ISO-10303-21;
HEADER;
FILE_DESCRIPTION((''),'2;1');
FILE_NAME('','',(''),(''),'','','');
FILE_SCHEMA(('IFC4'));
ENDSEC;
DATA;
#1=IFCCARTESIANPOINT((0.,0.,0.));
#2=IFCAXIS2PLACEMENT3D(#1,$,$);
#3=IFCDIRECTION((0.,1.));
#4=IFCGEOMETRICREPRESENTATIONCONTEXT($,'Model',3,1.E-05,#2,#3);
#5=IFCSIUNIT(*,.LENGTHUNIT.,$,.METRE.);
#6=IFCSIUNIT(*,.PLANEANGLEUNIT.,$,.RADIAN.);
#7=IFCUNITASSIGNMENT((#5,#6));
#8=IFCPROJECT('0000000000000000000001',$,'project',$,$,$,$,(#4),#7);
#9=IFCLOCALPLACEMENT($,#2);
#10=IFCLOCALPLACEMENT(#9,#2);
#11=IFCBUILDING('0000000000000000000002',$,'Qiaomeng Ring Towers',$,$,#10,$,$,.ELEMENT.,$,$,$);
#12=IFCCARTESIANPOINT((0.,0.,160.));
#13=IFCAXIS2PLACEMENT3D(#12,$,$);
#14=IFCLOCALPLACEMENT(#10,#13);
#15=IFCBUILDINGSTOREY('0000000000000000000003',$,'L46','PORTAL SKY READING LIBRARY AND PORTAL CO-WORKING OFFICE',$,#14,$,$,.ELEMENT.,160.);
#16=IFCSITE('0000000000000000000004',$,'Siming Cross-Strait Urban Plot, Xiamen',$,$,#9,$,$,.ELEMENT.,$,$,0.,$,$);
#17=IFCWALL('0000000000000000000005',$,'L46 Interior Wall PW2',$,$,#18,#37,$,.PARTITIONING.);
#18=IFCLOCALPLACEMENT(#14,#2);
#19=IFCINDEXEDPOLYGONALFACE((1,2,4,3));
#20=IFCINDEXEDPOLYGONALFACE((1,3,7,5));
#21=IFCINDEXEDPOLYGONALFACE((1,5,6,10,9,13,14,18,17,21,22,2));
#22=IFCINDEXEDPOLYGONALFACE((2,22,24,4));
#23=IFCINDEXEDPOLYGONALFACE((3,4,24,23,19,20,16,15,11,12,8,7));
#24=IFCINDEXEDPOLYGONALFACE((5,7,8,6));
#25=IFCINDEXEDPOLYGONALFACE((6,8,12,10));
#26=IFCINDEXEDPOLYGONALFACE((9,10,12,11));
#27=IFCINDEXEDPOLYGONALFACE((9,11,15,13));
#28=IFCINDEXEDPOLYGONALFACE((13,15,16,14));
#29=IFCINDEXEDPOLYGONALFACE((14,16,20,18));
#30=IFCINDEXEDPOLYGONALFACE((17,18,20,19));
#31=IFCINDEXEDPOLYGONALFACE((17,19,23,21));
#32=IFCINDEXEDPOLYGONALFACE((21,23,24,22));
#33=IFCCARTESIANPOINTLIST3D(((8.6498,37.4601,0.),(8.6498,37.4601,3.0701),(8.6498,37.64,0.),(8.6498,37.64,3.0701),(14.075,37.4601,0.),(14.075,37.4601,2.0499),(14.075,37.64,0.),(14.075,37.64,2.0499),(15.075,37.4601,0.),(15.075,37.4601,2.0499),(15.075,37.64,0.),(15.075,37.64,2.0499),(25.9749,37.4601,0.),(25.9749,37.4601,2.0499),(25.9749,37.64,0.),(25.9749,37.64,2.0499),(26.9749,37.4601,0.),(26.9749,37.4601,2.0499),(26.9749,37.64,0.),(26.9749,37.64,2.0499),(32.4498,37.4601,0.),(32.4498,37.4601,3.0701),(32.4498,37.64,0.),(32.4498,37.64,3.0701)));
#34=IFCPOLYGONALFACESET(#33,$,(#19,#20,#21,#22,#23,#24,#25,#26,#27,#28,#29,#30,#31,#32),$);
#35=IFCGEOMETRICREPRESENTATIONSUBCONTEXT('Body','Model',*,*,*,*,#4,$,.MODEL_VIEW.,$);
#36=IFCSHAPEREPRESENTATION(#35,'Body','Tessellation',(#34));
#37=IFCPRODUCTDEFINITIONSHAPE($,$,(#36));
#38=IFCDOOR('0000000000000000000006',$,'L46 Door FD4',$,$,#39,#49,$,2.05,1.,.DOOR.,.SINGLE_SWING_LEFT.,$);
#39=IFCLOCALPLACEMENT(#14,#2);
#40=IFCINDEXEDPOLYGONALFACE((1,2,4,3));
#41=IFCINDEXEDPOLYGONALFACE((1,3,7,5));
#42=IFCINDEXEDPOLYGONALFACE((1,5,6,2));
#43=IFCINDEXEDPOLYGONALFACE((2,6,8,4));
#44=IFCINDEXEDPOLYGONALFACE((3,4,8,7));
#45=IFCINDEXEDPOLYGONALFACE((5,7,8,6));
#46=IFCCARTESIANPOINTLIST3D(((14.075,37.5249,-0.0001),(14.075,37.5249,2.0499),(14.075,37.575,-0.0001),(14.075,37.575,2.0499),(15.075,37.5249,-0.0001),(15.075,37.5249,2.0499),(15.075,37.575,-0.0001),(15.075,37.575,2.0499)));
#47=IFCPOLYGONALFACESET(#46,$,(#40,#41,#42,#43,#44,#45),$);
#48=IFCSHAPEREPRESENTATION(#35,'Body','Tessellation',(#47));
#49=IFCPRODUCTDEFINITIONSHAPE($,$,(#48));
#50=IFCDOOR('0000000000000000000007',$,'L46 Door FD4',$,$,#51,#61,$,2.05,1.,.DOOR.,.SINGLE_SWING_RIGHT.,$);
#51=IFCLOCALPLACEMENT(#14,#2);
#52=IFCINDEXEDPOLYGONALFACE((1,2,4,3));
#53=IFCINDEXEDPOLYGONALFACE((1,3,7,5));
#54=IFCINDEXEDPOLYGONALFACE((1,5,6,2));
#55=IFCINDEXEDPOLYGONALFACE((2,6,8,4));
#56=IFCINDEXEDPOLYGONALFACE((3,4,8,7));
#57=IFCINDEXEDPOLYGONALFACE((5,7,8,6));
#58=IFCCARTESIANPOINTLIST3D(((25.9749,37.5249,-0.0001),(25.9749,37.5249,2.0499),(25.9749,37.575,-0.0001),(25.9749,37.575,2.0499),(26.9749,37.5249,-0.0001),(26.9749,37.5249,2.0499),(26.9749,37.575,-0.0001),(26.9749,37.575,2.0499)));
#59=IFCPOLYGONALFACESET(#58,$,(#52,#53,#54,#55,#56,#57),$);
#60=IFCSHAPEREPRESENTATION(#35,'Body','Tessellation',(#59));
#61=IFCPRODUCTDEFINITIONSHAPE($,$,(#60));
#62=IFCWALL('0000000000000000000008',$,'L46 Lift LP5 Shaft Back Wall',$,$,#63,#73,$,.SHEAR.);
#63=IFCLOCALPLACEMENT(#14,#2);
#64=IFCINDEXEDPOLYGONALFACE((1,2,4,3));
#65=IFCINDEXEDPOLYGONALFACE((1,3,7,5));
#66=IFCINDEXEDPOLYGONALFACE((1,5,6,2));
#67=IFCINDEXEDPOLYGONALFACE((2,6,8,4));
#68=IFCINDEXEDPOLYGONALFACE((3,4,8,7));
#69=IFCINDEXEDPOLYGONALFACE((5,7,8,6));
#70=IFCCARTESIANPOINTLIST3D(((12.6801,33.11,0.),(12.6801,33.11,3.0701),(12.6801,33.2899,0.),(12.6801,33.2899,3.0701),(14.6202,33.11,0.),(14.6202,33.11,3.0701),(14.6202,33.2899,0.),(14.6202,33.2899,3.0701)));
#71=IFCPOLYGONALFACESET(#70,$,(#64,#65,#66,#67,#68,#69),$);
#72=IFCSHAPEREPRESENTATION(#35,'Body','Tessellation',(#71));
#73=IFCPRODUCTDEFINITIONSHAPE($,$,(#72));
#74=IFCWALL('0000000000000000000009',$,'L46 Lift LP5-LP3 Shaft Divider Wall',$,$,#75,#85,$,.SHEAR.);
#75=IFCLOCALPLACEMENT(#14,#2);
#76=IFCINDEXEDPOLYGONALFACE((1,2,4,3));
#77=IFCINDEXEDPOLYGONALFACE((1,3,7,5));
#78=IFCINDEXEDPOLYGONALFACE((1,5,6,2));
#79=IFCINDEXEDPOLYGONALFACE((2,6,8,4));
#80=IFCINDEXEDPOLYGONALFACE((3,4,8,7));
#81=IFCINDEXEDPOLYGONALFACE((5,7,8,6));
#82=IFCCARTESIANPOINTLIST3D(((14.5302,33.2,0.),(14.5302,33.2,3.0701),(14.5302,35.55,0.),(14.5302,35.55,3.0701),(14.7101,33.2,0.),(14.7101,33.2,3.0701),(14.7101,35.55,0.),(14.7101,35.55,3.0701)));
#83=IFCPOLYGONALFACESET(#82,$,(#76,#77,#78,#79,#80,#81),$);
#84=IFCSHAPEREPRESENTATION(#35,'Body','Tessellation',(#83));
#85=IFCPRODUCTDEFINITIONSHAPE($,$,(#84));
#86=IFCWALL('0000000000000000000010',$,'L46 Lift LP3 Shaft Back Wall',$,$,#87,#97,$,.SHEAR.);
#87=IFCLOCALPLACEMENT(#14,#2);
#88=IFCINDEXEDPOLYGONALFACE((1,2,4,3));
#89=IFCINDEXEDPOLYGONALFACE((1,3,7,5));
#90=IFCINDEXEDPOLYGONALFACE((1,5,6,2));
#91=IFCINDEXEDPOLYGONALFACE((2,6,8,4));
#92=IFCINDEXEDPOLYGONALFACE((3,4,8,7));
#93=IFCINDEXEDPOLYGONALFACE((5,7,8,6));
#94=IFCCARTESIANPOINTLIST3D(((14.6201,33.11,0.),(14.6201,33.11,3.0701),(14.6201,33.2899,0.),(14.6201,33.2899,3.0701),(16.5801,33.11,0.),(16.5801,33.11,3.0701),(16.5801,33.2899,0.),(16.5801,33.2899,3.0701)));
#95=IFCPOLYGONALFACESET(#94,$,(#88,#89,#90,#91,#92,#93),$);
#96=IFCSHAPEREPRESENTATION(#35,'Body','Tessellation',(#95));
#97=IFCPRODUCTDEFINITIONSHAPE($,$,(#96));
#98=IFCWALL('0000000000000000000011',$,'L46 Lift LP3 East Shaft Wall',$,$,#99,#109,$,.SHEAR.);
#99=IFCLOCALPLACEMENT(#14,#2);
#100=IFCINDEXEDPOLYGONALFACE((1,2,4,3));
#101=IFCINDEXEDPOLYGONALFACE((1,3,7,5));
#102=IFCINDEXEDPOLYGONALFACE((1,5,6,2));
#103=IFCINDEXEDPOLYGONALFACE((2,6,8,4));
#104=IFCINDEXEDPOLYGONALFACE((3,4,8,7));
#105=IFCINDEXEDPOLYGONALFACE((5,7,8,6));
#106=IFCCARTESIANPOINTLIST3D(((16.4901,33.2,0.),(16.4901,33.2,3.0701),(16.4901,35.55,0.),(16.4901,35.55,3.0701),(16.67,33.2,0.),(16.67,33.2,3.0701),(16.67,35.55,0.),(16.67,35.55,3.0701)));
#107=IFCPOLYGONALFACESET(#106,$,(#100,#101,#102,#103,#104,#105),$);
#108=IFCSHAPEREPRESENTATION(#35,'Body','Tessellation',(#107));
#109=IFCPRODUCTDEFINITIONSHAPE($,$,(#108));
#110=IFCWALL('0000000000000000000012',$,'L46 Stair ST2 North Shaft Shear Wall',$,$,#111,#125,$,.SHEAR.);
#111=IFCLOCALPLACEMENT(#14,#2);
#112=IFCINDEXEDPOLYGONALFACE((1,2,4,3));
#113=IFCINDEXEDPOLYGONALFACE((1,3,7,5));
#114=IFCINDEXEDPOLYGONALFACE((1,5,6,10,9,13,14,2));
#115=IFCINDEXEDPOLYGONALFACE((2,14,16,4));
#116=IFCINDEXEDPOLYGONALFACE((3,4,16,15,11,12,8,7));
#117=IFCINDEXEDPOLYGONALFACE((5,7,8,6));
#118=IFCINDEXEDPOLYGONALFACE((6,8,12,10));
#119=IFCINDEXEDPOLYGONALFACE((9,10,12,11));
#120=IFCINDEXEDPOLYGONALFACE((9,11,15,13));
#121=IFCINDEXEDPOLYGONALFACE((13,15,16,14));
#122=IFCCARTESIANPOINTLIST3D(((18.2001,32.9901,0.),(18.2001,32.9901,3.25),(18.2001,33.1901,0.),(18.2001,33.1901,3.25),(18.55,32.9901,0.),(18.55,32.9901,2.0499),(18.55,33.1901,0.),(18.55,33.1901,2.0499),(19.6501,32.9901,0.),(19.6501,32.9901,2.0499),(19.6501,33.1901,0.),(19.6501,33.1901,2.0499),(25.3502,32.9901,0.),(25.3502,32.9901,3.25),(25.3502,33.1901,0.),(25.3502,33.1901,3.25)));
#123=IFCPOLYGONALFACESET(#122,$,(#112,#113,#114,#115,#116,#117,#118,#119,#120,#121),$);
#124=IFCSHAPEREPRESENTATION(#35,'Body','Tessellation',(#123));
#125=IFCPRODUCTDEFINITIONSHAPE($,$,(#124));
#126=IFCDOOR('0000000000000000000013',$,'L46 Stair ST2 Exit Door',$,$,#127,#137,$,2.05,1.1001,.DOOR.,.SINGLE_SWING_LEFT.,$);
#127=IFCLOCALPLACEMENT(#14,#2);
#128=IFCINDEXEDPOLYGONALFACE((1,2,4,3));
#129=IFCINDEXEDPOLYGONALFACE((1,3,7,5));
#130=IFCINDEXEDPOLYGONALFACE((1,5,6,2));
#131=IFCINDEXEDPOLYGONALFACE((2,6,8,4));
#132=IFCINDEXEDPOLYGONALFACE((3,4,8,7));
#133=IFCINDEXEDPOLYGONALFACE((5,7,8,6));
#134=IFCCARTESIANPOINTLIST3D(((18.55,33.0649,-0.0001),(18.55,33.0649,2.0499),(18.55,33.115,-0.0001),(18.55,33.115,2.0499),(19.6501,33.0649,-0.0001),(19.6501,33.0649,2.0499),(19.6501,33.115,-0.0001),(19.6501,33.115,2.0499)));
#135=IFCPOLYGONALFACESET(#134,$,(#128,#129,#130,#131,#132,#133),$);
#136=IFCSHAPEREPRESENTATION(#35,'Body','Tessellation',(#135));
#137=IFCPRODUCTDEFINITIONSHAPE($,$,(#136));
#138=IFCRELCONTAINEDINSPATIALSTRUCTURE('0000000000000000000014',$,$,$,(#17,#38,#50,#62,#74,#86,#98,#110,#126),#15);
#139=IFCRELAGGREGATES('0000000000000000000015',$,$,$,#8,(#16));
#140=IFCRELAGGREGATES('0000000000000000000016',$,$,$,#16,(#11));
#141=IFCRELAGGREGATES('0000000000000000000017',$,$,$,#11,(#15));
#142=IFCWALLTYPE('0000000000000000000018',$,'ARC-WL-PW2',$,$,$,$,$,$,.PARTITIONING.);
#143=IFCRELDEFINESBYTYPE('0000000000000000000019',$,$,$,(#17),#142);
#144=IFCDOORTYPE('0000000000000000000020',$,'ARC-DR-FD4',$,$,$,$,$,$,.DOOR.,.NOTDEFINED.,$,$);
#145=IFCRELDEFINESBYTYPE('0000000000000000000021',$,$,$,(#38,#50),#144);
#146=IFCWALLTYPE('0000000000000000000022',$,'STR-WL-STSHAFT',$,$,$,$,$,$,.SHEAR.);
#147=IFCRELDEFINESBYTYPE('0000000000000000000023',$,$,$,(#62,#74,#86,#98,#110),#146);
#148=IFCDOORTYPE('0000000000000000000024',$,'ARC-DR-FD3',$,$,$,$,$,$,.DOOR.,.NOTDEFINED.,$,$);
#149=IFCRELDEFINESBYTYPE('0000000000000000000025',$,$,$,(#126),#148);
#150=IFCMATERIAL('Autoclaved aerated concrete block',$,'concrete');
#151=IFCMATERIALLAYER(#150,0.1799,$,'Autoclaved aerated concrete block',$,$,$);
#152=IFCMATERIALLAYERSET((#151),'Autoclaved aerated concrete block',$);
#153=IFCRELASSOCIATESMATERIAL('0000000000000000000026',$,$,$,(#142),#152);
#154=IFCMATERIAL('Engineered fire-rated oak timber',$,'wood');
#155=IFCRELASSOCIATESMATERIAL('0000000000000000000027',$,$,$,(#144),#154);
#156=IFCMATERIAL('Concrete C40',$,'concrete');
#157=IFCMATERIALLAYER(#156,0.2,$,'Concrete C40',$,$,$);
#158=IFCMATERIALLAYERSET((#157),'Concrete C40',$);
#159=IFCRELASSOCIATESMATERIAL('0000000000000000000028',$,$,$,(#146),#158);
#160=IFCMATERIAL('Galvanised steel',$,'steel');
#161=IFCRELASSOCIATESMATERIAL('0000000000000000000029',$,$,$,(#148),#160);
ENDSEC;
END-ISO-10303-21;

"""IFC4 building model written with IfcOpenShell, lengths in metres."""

from ifc_helpers import new_model, si_unit, direction, frame, frame_2d, origin, place, context, subcontext, project, spatial, rectangle, extrude, source, transform, mapped, material, layer, layer_set, type_object, element, fill, save


model = new_model("IFC4")

# Units and contexts
model_context = context("Model", 3, precision=1e-05, world=origin(), true_north=direction((0.0, 1.0)))
body_context = subcontext(model_context, "Body", "Model", "MODEL_VIEW")
ifc_project = project(units=[si_unit("LENGTHUNIT", "METRE"), si_unit("PLANEANGLEUNIT", "RADIAN")], contexts=[model_context])

# Site, building, storey
site_placement = place(None, origin())
site = spatial("IfcSite", under=ifc_project, at=site_placement, Name="Siming Cross-Strait Urban Plot, Xiamen", CompositionType="ELEMENT", RefElevation=0.0)
building_placement = place(site_placement, origin())
building = spatial("IfcBuilding", under=site, at=building_placement, Name="Qiaomeng Ring Towers", CompositionType="ELEMENT")
storey_placement = place(building_placement, frame((0.0, 0.0, 160.0)))
storey = spatial("IfcBuildingStorey", under=building, at=storey_placement, Name="L46", Description="PORTAL SKY READING LIBRARY AND PORTAL CO-WORKING OFFICE", CompositionType="ELEMENT", Elevation=160.0)

# Shared definitions
ifc_material_1 = material(Name="Autoclaved aerated concrete block", Category="concrete")

# Wall, openings, doors
ifc_layer_1 = layer(ifc_material_1, 0.1799, Name="Autoclaved aerated concrete block")
ifc_layer_set_1 = layer_set([ifc_layer_1], Name="Autoclaved aerated concrete block")
wall_type_1 = type_object("IfcWallType", Name="ARC-WL-PW2", PredefinedType="PARTITIONING", material=ifc_layer_set_1)
wall_1_placement = place(storey_placement, frame((8.6499, 37.55, 0.0), z_axis=(0.0, 0.0, 1.0), x_axis=(1.0, 0.0, 0.0)))
wall_1 = element("IfcWall", 1, at=wall_1_placement, inside=storey, type_object=wall_type_1, Name="L46 Interior Wall PW2", PredefinedType="PARTITIONING", context=body_context, shape_type="SweptSolid", body=[
    extrude(rectangle(XDim=23.8, YDim=0.1799, at=frame_2d((11.8999, 0.0))), origin(), (0.0, 0.0, 1.0), 3.0701),
])
opening_1_placement = place(wall_1_placement, frame((5.425, 0.0, 0.0)))
opening_1 = element("IfcOpeningElement", 2, at=opening_1_placement, cuts=wall_1, PredefinedType="OPENING", context=body_context, shape_type="SweptSolid", body=[
    extrude(rectangle(XDim=1.0, YDim=2.05, at=frame_2d((0.5, 1.0249))), frame((0.0, 0.0999, 0.0), z_axis=(0.0, -1.0, 0.0), x_axis=(1.0, 0.0, 0.0)), (0.0, 0.0, 1.0), 0.2),
])
opening_2_placement = place(wall_1_placement, frame((17.325, 0.0, 0.0)))
opening_2 = element("IfcOpeningElement", 3, at=opening_2_placement, cuts=wall_1, PredefinedType="OPENING", context=body_context, shape_type="SweptSolid", body=[
    extrude(rectangle(XDim=1.0, YDim=2.05, at=frame_2d((0.5, 1.0249))), frame((0.0, 0.0999, 0.0), z_axis=(0.0, -1.0, 0.0), x_axis=(1.0, 0.0, 0.0)), (0.0, 0.0, 1.0), 0.2),
])
ifc_material_2 = material(Name="Engineered fire-rated oak timber", Category="wood")
door_type_1 = type_object("IfcDoorType", Name="ARC-DR-FD4", OperationType="NOTDEFINED", PredefinedType="DOOR", material=ifc_material_2)
shared_shape_1 = source(origin(), body_context, "Body", "SweptSolid", [
    extrude(rectangle(XDim=1.0, YDim=2.05, at=frame_2d((0.5, 1.0249))), frame((0.0, 0.0249, 0.0), z_axis=(0.0, -1.0, 0.0), x_axis=(1.0, 0.0, 0.0)), (0.0, 0.0, 1.0), 0.05),
])
door_1_placement = place(opening_1_placement, origin())
door_1 = element("IfcDoor", 4, at=door_1_placement, inside=storey, type_object=door_type_1, Name="L46 Door FD4", OperationType="SINGLE_SWING_LEFT", OverallHeight=2.05, OverallWidth=1.0, PredefinedType="DOOR", context=body_context, shape_type="MappedRepresentation", body=[
    mapped(shared_shape_1, transform((0.0, 0.0, 0.0), x_axis=(1.0, 0.0, 0.0), y_axis=(0.0, 1.0, 0.0), z_axis=(0.0, 0.0, 1.0), scale=1.0)),
])
fill(opening_1, door_1)
door_2_placement = place(opening_2_placement, origin())
door_2 = element("IfcDoor", 5, at=door_2_placement, inside=storey, type_object=door_type_1, Name="L46 Door FD4", OperationType="SINGLE_SWING_RIGHT", OverallHeight=2.05, OverallWidth=1.0, PredefinedType="DOOR", context=body_context, shape_type="MappedRepresentation", body=[
    mapped(shared_shape_1, transform((0.0, 0.0, 0.0), x_axis=(1.0, 0.0, 0.0), y_axis=(0.0, 1.0, 0.0), z_axis=(0.0, 0.0, 1.0), scale=1.0)),
])
fill(opening_2, door_2)

# Walls
ifc_material_3 = material(Name="Concrete C40", Category="concrete")
ifc_layer_2 = layer(ifc_material_3, 0.2, Name="Concrete C40")
ifc_layer_set_2 = layer_set([ifc_layer_2], Name="Concrete C40")
wall_type_2 = type_object("IfcWallType", Name="STR-WL-STSHAFT", PredefinedType="SHEAR", material=ifc_layer_set_2)
wall_2_placement = place(storey_placement, frame((12.6799, 33.2, 0.0), z_axis=(0.0, 0.0, 1.0), x_axis=(1.0, 0.0, 0.0)))
element("IfcWall", 6, at=wall_2_placement, inside=storey, type_object=wall_type_2, Name="L46 Lift LP5 Shaft Back Wall", PredefinedType="SHEAR", context=body_context, shape_type="SweptSolid", body=[
    extrude(rectangle(XDim=1.9402, YDim=0.1799, at=frame_2d((0.9702, 0.0))), origin(), (0.0, 0.0, 1.0), 3.0701),
])
wall_3_placement = place(storey_placement, frame((14.6201, 33.2, 0.0), z_axis=(0.0, 0.0, 1.0), x_axis=(0.0, 1.0, 0.0)))
element("IfcWall", 7, at=wall_3_placement, inside=storey, type_object=wall_type_2, Name="L46 Lift LP5-LP3 Shaft Divider Wall", PredefinedType="SHEAR", context=body_context, shape_type="SweptSolid", body=[
    extrude(rectangle(XDim=2.3501, YDim=0.1799, at=frame_2d((1.175, 0.0))), origin(), (0.0, 0.0, 1.0), 3.0701),
])
wall_4_placement = place(storey_placement, frame((14.6201, 33.2, 0.0), z_axis=(0.0, 0.0, 1.0), x_axis=(1.0, 0.0, 0.0)))
element("IfcWall", 8, at=wall_4_placement, inside=storey, type_object=wall_type_2, Name="L46 Lift LP3 Shaft Back Wall", PredefinedType="SHEAR", context=body_context, shape_type="SweptSolid", body=[
    extrude(rectangle(XDim=1.96, YDim=0.1799, at=frame_2d((0.98, 0.0))), origin(), (0.0, 0.0, 1.0), 3.0701),
])
wall_5_placement = place(storey_placement, frame((16.5801, 33.2, 0.0), z_axis=(0.0, 0.0, 1.0), x_axis=(0.0, 1.0, 0.0)))
element("IfcWall", 9, at=wall_5_placement, inside=storey, type_object=wall_type_2, Name="L46 Lift LP3 East Shaft Wall", PredefinedType="SHEAR", context=body_context, shape_type="SweptSolid", body=[
    extrude(rectangle(XDim=2.3501, YDim=0.1799, at=frame_2d((1.175, 0.0))), origin(), (0.0, 0.0, 1.0), 3.0701),
])

# Wall, opening, door
wall_6_placement = place(storey_placement, frame((18.2, 33.0901, 0.0), z_axis=(0.0, 0.0, 1.0), x_axis=(1.0, 0.0, 0.0)))
wall_6 = element("IfcWall", 10, at=wall_6_placement, inside=storey, type_object=wall_type_2, Name="L46 Stair ST2 North Shaft Shear Wall", PredefinedType="SHEAR", context=body_context, shape_type="SweptSolid", body=[
    extrude(rectangle(XDim=7.1501, YDim=0.2, at=frame_2d((3.5752, 0.0))), origin(), (0.0, 0.0, 1.0), 3.25),
])
opening_3_placement = place(wall_6_placement, frame((0.3501, 0.0, 0.0)))
opening_3 = element("IfcOpeningElement", 11, at=opening_3_placement, cuts=wall_6, PredefinedType="OPENING", context=body_context, shape_type="SweptSolid", body=[
    extrude(rectangle(XDim=1.1001, YDim=2.05, at=frame_2d((0.55, 1.0249))), frame((0.0, 0.1099, 0.0), z_axis=(0.0, -1.0, 0.0), x_axis=(1.0, 0.0, 0.0)), (0.0, 0.0, 1.0), 0.22),
])
ifc_material_4 = material(Name="Galvanised steel", Category="steel")
door_type_2 = type_object("IfcDoorType", Name="ARC-DR-FD3", OperationType="NOTDEFINED", PredefinedType="DOOR", material=ifc_material_4)
shared_shape_2 = source(origin(), body_context, "Body", "SweptSolid", [
    extrude(rectangle(XDim=1.1001, YDim=2.05, at=frame_2d((0.55, 1.0249))), frame((0.0, 0.0249, 0.0), z_axis=(0.0, -1.0, 0.0), x_axis=(1.0, 0.0, 0.0)), (0.0, 0.0, 1.0), 0.05),
])
door_3_placement = place(opening_3_placement, origin())
door_3 = element("IfcDoor", 12, at=door_3_placement, inside=storey, type_object=door_type_2, Name="L46 Stair ST2 Exit Door", OperationType="SINGLE_SWING_LEFT", OverallHeight=2.05, OverallWidth=1.1001, PredefinedType="DOOR", context=body_context, shape_type="MappedRepresentation", body=[
    mapped(shared_shape_2, transform((0.0, 0.0, 0.0), x_axis=(1.0, 0.0, 0.0), y_axis=(0.0, 1.0, 0.0), z_axis=(0.0, 0.0, 1.0), scale=1.0)),
])
fill(opening_3, door_3)

save(model, "model.ifc")
